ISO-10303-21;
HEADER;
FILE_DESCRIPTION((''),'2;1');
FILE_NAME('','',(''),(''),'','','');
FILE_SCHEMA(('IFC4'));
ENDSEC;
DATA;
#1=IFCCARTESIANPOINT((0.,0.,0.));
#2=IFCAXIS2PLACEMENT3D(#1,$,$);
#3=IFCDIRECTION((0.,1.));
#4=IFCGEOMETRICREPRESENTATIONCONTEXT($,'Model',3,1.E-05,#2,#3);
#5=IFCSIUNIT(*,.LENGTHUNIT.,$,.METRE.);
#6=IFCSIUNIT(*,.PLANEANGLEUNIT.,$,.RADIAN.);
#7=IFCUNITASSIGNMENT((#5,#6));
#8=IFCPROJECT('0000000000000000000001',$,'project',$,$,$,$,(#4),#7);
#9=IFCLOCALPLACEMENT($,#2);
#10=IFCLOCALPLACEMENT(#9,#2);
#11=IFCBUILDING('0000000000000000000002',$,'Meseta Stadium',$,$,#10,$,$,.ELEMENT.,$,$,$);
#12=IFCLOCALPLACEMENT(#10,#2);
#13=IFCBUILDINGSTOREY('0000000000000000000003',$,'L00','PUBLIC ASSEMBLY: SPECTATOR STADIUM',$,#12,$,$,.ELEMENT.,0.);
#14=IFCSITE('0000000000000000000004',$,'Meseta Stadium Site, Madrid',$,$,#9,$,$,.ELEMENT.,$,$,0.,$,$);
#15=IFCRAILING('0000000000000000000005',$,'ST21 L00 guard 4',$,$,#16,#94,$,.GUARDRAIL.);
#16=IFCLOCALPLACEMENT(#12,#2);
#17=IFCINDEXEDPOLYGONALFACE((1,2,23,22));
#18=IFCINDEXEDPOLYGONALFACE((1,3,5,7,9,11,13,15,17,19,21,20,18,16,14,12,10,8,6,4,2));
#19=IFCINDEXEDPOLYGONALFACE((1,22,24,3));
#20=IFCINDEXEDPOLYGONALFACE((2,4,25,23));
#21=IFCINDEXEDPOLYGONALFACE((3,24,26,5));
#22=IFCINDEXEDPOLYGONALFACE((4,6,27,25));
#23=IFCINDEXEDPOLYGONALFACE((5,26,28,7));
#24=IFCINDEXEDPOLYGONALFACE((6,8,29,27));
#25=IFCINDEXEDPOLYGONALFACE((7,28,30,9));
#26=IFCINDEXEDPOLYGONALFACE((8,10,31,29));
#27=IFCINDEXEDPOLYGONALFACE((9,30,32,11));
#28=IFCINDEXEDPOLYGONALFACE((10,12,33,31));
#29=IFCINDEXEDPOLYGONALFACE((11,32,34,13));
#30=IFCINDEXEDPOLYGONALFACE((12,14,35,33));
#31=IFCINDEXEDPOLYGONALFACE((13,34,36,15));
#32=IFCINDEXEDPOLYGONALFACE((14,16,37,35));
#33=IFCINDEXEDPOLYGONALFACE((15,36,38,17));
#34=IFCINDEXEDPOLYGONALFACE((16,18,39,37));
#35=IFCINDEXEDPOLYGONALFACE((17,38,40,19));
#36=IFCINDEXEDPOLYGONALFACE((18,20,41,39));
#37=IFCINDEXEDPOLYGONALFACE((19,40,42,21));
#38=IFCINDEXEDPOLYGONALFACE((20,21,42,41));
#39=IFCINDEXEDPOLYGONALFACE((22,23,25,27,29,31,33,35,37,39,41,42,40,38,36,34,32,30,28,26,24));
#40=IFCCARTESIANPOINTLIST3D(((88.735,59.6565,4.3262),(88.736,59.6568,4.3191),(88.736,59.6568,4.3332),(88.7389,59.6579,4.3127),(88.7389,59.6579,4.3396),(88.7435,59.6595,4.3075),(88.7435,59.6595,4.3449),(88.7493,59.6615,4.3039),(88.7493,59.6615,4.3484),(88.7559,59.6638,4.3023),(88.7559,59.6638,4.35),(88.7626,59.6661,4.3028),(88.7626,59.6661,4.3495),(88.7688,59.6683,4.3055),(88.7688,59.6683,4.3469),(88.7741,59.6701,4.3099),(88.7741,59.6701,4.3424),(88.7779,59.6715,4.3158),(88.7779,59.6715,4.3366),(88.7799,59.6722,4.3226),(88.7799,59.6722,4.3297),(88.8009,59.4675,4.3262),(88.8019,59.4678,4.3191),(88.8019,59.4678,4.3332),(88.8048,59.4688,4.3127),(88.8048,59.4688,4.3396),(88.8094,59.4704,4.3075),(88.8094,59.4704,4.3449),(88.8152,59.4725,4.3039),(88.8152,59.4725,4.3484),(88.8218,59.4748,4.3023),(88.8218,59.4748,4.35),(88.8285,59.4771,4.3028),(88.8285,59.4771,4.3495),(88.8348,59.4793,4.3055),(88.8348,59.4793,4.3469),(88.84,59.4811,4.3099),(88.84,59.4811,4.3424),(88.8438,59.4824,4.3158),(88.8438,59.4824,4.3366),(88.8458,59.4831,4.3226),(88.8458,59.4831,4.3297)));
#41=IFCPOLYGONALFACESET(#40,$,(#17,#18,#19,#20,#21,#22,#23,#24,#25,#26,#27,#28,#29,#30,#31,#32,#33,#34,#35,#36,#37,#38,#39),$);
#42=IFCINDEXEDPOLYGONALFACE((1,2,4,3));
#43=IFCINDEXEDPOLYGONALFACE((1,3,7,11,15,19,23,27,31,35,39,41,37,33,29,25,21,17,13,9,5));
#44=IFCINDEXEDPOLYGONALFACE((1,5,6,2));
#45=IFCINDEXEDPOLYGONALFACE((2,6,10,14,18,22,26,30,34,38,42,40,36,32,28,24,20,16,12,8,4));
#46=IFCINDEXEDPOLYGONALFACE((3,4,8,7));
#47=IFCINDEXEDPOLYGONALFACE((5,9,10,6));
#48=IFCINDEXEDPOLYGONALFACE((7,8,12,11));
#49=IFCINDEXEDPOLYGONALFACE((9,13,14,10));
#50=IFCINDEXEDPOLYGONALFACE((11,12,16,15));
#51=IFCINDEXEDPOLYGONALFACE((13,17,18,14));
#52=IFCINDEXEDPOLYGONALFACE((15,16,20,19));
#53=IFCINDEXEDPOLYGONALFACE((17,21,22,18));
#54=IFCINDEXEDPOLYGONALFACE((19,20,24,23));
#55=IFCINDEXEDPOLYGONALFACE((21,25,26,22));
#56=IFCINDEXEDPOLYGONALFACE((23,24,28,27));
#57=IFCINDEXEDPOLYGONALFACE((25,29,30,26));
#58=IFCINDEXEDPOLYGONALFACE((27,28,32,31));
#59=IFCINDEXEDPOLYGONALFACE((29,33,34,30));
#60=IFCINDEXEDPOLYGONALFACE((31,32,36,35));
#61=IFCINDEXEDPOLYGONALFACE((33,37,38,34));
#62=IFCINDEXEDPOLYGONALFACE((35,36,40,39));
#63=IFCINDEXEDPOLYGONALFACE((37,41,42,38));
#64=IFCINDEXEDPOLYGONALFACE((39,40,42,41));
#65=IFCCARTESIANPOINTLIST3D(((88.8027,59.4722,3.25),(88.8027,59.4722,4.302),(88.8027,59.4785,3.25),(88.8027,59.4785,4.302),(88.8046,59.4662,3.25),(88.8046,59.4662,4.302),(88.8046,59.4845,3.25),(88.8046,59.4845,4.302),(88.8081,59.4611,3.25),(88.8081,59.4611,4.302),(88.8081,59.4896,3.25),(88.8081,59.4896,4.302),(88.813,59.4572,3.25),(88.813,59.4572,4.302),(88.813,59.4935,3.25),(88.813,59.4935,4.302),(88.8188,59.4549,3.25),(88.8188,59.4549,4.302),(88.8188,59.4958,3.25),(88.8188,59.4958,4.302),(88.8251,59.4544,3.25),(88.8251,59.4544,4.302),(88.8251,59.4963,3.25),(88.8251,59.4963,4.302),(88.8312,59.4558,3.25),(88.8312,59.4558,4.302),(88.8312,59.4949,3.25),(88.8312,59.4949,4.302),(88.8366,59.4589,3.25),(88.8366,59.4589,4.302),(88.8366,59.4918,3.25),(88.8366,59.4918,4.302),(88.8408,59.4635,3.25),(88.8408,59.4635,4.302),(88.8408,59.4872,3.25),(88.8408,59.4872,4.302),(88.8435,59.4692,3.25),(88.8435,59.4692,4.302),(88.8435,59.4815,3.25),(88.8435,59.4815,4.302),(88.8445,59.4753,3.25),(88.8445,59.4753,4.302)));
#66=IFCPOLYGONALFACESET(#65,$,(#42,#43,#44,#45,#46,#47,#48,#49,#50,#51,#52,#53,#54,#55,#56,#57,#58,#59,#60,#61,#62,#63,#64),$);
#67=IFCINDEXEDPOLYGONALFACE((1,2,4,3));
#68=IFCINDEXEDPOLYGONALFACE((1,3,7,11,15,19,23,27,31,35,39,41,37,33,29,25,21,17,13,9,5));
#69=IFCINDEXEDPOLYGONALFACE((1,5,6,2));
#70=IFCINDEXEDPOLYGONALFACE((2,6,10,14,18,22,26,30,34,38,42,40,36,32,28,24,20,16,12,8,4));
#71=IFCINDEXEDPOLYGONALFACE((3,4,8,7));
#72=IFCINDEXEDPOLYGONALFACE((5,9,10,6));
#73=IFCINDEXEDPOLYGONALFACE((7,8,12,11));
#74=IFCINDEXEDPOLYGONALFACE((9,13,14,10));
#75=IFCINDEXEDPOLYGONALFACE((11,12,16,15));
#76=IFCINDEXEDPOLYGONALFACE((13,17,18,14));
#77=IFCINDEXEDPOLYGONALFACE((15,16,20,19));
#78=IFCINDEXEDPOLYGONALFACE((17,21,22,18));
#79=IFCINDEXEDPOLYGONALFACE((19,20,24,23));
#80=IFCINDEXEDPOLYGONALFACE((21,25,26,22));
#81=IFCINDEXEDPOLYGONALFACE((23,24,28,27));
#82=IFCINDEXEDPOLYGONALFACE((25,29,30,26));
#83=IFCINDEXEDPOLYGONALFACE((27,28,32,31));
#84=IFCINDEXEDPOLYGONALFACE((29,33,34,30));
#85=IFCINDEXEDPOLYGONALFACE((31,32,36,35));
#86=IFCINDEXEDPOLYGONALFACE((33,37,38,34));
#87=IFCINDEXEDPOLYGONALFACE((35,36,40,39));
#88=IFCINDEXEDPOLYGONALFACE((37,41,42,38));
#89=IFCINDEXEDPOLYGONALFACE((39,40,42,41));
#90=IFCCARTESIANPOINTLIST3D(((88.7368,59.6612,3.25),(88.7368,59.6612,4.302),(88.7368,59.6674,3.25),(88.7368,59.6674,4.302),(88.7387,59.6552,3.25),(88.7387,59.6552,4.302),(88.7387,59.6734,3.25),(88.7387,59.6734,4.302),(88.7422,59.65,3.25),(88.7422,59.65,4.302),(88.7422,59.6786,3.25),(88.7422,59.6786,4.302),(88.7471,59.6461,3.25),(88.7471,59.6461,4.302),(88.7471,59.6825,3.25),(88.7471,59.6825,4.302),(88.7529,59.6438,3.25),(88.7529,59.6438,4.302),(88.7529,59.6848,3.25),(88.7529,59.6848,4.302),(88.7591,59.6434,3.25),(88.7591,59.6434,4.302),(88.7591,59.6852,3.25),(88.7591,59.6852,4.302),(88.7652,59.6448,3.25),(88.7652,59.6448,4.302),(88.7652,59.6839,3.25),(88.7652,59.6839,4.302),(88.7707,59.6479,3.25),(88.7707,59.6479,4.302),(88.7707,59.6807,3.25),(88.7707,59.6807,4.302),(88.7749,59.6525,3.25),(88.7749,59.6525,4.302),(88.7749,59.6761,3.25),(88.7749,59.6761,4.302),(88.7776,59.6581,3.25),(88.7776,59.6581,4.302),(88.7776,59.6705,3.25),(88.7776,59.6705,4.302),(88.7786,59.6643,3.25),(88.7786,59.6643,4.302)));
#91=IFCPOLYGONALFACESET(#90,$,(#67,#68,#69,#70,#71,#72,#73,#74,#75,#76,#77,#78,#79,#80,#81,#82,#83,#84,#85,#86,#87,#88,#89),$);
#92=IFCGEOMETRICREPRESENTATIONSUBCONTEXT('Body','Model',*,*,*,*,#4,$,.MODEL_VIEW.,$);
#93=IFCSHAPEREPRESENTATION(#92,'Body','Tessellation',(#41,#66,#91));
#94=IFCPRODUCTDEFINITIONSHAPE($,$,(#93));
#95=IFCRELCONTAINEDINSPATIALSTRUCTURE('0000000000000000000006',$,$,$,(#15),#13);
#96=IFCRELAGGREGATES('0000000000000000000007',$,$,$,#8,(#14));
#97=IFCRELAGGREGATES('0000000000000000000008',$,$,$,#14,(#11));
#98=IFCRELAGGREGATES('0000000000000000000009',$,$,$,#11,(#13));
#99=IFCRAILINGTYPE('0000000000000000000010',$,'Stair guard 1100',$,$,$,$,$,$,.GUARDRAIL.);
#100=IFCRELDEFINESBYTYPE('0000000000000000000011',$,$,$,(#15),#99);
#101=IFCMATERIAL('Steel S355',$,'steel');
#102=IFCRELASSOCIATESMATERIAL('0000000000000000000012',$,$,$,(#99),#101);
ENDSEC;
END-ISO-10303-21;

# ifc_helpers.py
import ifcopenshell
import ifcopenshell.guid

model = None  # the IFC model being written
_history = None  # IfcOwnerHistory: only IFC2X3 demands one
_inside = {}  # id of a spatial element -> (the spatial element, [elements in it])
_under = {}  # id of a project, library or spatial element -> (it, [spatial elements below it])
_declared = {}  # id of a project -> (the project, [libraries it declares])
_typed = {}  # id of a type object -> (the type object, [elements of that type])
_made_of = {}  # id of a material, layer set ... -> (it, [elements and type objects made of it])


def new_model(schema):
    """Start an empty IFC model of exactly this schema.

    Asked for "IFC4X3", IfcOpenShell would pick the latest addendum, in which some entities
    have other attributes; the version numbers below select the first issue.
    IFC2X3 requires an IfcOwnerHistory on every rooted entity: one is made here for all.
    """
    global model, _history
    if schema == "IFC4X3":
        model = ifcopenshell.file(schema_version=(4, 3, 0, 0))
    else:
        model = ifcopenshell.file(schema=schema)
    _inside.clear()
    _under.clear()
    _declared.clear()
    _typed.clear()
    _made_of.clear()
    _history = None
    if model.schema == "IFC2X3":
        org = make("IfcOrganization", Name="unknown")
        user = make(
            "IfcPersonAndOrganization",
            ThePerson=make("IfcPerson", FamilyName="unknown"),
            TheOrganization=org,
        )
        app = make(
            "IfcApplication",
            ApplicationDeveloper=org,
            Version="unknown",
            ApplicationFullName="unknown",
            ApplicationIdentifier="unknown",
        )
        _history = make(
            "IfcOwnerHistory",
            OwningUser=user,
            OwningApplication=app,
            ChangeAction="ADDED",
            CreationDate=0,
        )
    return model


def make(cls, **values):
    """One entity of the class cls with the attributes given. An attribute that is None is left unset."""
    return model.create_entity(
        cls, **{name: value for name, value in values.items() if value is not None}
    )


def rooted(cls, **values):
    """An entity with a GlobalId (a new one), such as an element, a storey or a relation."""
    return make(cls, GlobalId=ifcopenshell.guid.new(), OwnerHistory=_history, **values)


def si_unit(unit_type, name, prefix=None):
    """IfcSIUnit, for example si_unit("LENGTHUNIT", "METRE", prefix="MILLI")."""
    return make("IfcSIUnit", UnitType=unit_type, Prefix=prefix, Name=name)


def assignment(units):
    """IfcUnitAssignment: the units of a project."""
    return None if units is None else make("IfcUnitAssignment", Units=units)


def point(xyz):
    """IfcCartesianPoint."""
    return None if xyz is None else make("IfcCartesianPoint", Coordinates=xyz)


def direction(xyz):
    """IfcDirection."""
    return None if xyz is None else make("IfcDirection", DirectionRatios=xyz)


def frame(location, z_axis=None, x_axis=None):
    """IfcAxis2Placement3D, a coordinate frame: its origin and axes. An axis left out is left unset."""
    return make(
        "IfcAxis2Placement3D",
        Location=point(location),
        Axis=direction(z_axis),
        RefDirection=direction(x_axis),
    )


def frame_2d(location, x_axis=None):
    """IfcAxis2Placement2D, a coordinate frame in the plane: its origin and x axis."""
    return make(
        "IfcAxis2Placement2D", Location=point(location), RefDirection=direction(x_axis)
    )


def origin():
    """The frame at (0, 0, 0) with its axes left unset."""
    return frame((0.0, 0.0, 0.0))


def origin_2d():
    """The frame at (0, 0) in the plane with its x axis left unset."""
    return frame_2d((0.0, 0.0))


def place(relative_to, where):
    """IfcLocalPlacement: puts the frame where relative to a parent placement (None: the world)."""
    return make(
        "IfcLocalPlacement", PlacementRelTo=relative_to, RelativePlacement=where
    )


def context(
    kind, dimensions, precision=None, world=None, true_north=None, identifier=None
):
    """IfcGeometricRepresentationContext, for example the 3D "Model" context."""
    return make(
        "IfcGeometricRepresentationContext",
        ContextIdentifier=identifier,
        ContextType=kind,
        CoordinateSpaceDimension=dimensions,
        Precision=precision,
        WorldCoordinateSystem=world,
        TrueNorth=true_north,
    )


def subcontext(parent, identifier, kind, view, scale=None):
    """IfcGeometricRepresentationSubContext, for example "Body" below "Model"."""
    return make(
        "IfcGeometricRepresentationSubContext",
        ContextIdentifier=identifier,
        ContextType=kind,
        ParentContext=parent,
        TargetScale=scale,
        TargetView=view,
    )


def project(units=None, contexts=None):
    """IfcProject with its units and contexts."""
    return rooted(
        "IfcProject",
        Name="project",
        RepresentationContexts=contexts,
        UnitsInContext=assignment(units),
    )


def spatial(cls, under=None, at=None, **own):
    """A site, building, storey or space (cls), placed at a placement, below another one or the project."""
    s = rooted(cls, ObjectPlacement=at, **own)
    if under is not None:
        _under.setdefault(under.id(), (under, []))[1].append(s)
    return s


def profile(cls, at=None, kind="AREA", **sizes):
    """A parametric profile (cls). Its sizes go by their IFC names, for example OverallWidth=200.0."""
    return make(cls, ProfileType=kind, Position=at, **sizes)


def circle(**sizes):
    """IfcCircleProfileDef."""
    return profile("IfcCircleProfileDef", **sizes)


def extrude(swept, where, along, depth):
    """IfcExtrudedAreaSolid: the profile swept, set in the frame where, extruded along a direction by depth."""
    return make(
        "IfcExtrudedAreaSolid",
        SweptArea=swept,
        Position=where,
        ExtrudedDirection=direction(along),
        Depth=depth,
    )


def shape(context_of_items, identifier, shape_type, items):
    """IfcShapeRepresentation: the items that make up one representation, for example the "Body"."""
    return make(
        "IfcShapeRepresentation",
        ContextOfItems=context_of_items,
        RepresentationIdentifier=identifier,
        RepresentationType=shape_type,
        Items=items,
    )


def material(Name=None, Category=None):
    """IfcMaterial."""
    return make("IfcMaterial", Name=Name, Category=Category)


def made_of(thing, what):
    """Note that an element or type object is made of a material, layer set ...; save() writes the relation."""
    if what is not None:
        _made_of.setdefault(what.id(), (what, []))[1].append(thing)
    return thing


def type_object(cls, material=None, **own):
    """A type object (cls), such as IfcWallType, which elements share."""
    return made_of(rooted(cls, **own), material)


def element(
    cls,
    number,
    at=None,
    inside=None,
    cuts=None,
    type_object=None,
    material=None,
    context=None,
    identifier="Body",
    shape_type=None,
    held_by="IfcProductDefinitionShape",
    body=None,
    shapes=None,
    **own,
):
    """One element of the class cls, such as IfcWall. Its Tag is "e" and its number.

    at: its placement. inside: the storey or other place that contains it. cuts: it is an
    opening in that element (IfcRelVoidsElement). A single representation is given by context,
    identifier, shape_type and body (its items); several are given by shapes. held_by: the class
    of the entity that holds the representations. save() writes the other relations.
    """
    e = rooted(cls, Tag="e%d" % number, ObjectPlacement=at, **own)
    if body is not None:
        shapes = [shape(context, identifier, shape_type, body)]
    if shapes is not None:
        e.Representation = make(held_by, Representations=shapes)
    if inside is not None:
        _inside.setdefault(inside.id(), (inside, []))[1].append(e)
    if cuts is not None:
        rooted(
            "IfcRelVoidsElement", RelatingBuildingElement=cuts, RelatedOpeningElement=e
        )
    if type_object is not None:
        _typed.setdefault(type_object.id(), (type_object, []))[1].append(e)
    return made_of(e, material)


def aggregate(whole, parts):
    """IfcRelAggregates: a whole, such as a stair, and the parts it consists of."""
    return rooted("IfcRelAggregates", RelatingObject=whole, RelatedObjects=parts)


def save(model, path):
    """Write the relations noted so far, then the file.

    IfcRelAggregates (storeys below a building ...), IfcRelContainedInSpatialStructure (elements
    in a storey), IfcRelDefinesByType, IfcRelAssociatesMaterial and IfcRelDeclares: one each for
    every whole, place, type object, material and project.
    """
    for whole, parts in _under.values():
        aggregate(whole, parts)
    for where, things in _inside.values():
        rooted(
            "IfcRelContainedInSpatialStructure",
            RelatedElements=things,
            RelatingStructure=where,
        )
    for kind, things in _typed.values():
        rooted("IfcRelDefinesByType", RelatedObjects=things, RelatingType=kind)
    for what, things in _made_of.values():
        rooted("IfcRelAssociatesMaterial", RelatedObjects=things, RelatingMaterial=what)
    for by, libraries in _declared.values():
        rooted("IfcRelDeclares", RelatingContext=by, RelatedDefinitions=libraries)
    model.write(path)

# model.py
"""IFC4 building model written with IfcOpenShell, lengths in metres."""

from ifc_helpers import new_model, si_unit, direction, frame, origin, origin_2d, place, context, subcontext, project, spatial, circle, extrude, material, type_object, element, save


model = new_model("IFC4")

# Units and contexts
model_context = context("Model", 3, precision=1e-05, world=origin(), true_north=direction((0.0, 1.0)))
body_context = subcontext(model_context, "Body", "Model", "MODEL_VIEW")
ifc_project = project(units=[si_unit("LENGTHUNIT", "METRE"), si_unit("PLANEANGLEUNIT", "RADIAN")], contexts=[model_context])

# Site, building, storey
site_placement = place(None, origin())
site = spatial("IfcSite", under=ifc_project, at=site_placement, Name="Meseta Stadium Site, Madrid", CompositionType="ELEMENT", RefElevation=0.0)
building_placement = place(site_placement, origin())
building = spatial("IfcBuilding", under=site, at=building_placement, Name="Meseta Stadium", CompositionType="ELEMENT")
storey_placement = place(building_placement, origin())
storey = spatial("IfcBuildingStorey", under=building, at=storey_placement, Name="L00", Description="PUBLIC ASSEMBLY: SPECTATOR STADIUM", CompositionType="ELEMENT", Elevation=0.0)

# Railing
ifc_material_1 = material(Name="Steel S355", Category="steel")
railing_type_1 = type_object("IfcRailingType", Name="Stair guard 1100", PredefinedType="GUARDRAIL", material=ifc_material_1)
railing_1_placement = place(storey_placement, frame((88.8235, 59.4753, 3.25)))
element("IfcRailing", 1, at=railing_1_placement, inside=storey, type_object=railing_type_1, Name="ST21 L00 guard 4", PredefinedType="GUARDRAIL", context=body_context, shape_type="SweptSolid", body=[
    extrude(circle(Radius=0.0239, at=origin_2d()), frame((0.0, 0.0, 1.0762), z_axis=(-0.329372, 0.9442, 0.0), x_axis=(-0.9442, -0.329372, 0.0)), (0.0, 0.0, 1.0), 0.2002),
    extrude(circle(Radius=0.021, at=origin_2d()), origin(), (0.0, 0.0, 1.0), 1.052),
    extrude(circle(Radius=0.021, at=origin_2d()), frame((-0.0659, 0.189, 0.0)), (0.0, 0.0, 1.0), 1.052),
])

save(model, "model.ifc")
